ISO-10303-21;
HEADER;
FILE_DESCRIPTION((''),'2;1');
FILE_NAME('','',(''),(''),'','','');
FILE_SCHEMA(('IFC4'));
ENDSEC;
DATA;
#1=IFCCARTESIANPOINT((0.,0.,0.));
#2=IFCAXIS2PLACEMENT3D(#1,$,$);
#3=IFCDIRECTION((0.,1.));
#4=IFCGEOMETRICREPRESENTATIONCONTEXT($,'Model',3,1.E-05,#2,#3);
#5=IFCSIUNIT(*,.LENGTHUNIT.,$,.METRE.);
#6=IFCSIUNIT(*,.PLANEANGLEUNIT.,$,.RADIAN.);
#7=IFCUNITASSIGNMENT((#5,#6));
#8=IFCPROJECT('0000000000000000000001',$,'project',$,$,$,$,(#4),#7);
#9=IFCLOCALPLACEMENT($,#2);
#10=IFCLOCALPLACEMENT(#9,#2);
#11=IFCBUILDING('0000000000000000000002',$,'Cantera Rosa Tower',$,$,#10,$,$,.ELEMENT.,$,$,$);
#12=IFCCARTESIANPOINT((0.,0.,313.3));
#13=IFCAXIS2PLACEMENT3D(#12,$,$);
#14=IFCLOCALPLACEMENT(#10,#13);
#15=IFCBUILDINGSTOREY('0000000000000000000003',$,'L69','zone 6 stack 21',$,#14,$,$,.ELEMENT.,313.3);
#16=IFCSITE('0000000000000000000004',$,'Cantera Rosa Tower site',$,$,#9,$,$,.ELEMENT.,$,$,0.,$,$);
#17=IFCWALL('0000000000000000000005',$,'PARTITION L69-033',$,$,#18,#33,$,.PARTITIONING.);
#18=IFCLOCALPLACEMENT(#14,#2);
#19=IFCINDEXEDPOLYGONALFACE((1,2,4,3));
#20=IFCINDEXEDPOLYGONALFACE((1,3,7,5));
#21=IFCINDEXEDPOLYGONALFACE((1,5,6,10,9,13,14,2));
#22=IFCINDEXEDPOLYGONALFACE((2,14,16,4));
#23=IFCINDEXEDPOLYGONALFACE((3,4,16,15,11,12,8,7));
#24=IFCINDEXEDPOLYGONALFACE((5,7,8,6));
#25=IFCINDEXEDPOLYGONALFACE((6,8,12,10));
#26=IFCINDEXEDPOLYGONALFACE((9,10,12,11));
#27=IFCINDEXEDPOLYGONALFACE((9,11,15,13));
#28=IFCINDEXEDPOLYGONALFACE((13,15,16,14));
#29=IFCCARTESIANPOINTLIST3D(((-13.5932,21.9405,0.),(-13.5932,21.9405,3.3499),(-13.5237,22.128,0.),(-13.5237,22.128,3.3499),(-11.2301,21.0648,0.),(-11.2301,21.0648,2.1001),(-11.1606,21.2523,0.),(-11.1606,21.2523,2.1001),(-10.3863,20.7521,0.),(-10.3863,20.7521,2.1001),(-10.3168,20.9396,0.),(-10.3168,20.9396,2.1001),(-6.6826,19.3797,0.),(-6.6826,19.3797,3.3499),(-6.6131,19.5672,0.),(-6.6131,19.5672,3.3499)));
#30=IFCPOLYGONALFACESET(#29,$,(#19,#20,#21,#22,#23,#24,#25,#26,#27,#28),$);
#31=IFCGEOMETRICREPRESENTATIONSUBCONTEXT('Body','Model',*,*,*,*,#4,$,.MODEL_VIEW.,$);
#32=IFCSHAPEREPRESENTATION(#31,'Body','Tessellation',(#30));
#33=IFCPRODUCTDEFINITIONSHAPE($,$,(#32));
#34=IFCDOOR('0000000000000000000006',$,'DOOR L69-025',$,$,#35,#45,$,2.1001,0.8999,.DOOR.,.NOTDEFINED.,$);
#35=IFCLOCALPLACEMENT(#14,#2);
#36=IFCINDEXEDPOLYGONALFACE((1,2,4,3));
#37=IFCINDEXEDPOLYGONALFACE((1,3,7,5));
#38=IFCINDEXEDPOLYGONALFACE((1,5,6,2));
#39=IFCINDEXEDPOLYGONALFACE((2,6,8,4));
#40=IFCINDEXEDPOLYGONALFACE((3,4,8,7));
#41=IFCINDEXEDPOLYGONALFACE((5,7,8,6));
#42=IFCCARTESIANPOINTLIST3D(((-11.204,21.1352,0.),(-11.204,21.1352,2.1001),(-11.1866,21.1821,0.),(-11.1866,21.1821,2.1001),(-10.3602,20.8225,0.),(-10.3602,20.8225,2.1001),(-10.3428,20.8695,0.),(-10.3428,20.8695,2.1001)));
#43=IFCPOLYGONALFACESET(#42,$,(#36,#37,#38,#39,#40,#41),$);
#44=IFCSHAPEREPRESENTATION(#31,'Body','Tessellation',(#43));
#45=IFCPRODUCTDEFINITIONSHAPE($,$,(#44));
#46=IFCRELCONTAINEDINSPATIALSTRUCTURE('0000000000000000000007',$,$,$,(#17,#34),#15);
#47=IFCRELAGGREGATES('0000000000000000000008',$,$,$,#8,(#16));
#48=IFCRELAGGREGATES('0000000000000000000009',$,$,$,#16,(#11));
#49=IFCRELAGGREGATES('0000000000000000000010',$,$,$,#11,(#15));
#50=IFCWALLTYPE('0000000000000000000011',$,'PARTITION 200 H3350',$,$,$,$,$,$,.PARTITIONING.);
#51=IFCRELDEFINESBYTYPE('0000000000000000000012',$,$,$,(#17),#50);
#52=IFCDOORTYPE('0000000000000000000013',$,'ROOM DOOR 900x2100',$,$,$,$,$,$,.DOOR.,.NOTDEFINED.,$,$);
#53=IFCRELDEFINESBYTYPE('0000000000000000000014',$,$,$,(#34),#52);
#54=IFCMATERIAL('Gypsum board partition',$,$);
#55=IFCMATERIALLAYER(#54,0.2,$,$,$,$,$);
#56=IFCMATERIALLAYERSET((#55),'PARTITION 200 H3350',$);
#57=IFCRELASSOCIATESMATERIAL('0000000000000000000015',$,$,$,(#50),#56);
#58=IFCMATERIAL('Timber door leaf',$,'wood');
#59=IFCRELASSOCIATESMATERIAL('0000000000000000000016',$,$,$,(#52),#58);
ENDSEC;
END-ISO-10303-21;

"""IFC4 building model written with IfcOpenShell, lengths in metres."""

from ifc_helpers import new_model, si_unit, direction, frame, frame_2d, origin, place, context, subcontext, project, spatial, rectangle, extrude, material, layer, layer_set, type_object, element, fill, save


model = new_model("IFC4")

# Units and contexts
model_context = context("Model", 3, precision=1e-05, world=origin(), true_north=direction((0.0, 1.0)))
body_context = subcontext(model_context, "Body", "Model", "MODEL_VIEW")
ifc_project = project(units=[si_unit("LENGTHUNIT", "METRE"), si_unit("PLANEANGLEUNIT", "RADIAN")], contexts=[model_context])

# Site, building, storey
site_placement = place(None, origin())
site = spatial("IfcSite", under=ifc_project, at=site_placement, Name="Cantera Rosa Tower site", CompositionType="ELEMENT", RefElevation=0.0)
building_placement = place(site_placement, origin())
building = spatial("IfcBuilding", under=site, at=building_placement, Name="Cantera Rosa Tower", CompositionType="ELEMENT")
storey_placement = place(building_placement, frame((0.0, 0.0, 313.3)))
storey = spatial("IfcBuildingStorey", under=building, at=storey_placement, Name="L69", Description="zone 6 stack 21", CompositionType="ELEMENT", Elevation=313.3)

# Shared definitions
ifc_material_1 = material(Name="Gypsum board partition")
ifc_layer_1 = layer(ifc_material_1, 0.2)
ifc_layer_set_1 = layer_set([ifc_layer_1], Name="PARTITION 200 H3350")
wall_type_1 = type_object("IfcWallType", Name="PARTITION 200 H3350", PredefinedType="PARTITIONING", material=ifc_layer_set_1)

# Wall, opening, door
wall_1_placement = place(storey_placement, frame((-6.6477, 19.4734, 0.0), z_axis=(0.0, 0.0, 1.0), x_axis=(-0.937692, 0.347469, 0.0)))
wall_1 = element("IfcWall", 1, at=wall_1_placement, inside=storey, type_object=wall_type_1, Name="PARTITION L69-033", PredefinedType="PARTITIONING", context=body_context, shape_type="SweptSolid", body=[
    extrude(rectangle(XDim=7.3699, YDim=0.2, at=frame_2d((3.6851, 0.0))), origin(), (0.0, 0.0, 1.0), 3.3499),
])
opening_1_placement = place(wall_1_placement, frame((3.95, 0.0, 0.0)))
opening_1 = element("IfcOpeningElement", 2, at=opening_1_placement, cuts=wall_1, PredefinedType="OPENING", context=body_context, shape_type="SweptSolid", body=[
    extrude(rectangle(XDim=0.8999, YDim=2.1001, at=frame_2d((0.45, 1.05))), frame((0.0, 0.1099, 0.0), z_axis=(0.0, -1.0, 0.0), x_axis=(1.0, 0.0, 0.0)), (0.0, 0.0, 1.0), 0.22),
])
ifc_material_2 = material(Name="Timber door leaf", Category="wood")
door_type_1 = type_object("IfcDoorType", Name="ROOM DOOR 900x2100", OperationType="NOTDEFINED", PredefinedType="DOOR", material=ifc_material_2)
door_1_placement = place(opening_1_placement, origin())
door_1 = element("IfcDoor", 3, at=door_1_placement, inside=storey, type_object=door_type_1, Name="DOOR L69-025", OperationType="NOTDEFINED", OverallHeight=2.1001, OverallWidth=0.8999, PredefinedType="DOOR", context=body_context, shape_type="SweptSolid", body=[
    extrude(rectangle(XDim=0.8999, YDim=2.1001, at=frame_2d((0.45, 1.05))), frame((0.0, 0.0249, 0.0), z_axis=(0.0, -1.0, 0.0), x_axis=(1.0, 0.0, 0.0)), (0.0, 0.0, 1.0), 0.05),
])
fill(opening_1, door_1)

save(model, "model.ifc")
